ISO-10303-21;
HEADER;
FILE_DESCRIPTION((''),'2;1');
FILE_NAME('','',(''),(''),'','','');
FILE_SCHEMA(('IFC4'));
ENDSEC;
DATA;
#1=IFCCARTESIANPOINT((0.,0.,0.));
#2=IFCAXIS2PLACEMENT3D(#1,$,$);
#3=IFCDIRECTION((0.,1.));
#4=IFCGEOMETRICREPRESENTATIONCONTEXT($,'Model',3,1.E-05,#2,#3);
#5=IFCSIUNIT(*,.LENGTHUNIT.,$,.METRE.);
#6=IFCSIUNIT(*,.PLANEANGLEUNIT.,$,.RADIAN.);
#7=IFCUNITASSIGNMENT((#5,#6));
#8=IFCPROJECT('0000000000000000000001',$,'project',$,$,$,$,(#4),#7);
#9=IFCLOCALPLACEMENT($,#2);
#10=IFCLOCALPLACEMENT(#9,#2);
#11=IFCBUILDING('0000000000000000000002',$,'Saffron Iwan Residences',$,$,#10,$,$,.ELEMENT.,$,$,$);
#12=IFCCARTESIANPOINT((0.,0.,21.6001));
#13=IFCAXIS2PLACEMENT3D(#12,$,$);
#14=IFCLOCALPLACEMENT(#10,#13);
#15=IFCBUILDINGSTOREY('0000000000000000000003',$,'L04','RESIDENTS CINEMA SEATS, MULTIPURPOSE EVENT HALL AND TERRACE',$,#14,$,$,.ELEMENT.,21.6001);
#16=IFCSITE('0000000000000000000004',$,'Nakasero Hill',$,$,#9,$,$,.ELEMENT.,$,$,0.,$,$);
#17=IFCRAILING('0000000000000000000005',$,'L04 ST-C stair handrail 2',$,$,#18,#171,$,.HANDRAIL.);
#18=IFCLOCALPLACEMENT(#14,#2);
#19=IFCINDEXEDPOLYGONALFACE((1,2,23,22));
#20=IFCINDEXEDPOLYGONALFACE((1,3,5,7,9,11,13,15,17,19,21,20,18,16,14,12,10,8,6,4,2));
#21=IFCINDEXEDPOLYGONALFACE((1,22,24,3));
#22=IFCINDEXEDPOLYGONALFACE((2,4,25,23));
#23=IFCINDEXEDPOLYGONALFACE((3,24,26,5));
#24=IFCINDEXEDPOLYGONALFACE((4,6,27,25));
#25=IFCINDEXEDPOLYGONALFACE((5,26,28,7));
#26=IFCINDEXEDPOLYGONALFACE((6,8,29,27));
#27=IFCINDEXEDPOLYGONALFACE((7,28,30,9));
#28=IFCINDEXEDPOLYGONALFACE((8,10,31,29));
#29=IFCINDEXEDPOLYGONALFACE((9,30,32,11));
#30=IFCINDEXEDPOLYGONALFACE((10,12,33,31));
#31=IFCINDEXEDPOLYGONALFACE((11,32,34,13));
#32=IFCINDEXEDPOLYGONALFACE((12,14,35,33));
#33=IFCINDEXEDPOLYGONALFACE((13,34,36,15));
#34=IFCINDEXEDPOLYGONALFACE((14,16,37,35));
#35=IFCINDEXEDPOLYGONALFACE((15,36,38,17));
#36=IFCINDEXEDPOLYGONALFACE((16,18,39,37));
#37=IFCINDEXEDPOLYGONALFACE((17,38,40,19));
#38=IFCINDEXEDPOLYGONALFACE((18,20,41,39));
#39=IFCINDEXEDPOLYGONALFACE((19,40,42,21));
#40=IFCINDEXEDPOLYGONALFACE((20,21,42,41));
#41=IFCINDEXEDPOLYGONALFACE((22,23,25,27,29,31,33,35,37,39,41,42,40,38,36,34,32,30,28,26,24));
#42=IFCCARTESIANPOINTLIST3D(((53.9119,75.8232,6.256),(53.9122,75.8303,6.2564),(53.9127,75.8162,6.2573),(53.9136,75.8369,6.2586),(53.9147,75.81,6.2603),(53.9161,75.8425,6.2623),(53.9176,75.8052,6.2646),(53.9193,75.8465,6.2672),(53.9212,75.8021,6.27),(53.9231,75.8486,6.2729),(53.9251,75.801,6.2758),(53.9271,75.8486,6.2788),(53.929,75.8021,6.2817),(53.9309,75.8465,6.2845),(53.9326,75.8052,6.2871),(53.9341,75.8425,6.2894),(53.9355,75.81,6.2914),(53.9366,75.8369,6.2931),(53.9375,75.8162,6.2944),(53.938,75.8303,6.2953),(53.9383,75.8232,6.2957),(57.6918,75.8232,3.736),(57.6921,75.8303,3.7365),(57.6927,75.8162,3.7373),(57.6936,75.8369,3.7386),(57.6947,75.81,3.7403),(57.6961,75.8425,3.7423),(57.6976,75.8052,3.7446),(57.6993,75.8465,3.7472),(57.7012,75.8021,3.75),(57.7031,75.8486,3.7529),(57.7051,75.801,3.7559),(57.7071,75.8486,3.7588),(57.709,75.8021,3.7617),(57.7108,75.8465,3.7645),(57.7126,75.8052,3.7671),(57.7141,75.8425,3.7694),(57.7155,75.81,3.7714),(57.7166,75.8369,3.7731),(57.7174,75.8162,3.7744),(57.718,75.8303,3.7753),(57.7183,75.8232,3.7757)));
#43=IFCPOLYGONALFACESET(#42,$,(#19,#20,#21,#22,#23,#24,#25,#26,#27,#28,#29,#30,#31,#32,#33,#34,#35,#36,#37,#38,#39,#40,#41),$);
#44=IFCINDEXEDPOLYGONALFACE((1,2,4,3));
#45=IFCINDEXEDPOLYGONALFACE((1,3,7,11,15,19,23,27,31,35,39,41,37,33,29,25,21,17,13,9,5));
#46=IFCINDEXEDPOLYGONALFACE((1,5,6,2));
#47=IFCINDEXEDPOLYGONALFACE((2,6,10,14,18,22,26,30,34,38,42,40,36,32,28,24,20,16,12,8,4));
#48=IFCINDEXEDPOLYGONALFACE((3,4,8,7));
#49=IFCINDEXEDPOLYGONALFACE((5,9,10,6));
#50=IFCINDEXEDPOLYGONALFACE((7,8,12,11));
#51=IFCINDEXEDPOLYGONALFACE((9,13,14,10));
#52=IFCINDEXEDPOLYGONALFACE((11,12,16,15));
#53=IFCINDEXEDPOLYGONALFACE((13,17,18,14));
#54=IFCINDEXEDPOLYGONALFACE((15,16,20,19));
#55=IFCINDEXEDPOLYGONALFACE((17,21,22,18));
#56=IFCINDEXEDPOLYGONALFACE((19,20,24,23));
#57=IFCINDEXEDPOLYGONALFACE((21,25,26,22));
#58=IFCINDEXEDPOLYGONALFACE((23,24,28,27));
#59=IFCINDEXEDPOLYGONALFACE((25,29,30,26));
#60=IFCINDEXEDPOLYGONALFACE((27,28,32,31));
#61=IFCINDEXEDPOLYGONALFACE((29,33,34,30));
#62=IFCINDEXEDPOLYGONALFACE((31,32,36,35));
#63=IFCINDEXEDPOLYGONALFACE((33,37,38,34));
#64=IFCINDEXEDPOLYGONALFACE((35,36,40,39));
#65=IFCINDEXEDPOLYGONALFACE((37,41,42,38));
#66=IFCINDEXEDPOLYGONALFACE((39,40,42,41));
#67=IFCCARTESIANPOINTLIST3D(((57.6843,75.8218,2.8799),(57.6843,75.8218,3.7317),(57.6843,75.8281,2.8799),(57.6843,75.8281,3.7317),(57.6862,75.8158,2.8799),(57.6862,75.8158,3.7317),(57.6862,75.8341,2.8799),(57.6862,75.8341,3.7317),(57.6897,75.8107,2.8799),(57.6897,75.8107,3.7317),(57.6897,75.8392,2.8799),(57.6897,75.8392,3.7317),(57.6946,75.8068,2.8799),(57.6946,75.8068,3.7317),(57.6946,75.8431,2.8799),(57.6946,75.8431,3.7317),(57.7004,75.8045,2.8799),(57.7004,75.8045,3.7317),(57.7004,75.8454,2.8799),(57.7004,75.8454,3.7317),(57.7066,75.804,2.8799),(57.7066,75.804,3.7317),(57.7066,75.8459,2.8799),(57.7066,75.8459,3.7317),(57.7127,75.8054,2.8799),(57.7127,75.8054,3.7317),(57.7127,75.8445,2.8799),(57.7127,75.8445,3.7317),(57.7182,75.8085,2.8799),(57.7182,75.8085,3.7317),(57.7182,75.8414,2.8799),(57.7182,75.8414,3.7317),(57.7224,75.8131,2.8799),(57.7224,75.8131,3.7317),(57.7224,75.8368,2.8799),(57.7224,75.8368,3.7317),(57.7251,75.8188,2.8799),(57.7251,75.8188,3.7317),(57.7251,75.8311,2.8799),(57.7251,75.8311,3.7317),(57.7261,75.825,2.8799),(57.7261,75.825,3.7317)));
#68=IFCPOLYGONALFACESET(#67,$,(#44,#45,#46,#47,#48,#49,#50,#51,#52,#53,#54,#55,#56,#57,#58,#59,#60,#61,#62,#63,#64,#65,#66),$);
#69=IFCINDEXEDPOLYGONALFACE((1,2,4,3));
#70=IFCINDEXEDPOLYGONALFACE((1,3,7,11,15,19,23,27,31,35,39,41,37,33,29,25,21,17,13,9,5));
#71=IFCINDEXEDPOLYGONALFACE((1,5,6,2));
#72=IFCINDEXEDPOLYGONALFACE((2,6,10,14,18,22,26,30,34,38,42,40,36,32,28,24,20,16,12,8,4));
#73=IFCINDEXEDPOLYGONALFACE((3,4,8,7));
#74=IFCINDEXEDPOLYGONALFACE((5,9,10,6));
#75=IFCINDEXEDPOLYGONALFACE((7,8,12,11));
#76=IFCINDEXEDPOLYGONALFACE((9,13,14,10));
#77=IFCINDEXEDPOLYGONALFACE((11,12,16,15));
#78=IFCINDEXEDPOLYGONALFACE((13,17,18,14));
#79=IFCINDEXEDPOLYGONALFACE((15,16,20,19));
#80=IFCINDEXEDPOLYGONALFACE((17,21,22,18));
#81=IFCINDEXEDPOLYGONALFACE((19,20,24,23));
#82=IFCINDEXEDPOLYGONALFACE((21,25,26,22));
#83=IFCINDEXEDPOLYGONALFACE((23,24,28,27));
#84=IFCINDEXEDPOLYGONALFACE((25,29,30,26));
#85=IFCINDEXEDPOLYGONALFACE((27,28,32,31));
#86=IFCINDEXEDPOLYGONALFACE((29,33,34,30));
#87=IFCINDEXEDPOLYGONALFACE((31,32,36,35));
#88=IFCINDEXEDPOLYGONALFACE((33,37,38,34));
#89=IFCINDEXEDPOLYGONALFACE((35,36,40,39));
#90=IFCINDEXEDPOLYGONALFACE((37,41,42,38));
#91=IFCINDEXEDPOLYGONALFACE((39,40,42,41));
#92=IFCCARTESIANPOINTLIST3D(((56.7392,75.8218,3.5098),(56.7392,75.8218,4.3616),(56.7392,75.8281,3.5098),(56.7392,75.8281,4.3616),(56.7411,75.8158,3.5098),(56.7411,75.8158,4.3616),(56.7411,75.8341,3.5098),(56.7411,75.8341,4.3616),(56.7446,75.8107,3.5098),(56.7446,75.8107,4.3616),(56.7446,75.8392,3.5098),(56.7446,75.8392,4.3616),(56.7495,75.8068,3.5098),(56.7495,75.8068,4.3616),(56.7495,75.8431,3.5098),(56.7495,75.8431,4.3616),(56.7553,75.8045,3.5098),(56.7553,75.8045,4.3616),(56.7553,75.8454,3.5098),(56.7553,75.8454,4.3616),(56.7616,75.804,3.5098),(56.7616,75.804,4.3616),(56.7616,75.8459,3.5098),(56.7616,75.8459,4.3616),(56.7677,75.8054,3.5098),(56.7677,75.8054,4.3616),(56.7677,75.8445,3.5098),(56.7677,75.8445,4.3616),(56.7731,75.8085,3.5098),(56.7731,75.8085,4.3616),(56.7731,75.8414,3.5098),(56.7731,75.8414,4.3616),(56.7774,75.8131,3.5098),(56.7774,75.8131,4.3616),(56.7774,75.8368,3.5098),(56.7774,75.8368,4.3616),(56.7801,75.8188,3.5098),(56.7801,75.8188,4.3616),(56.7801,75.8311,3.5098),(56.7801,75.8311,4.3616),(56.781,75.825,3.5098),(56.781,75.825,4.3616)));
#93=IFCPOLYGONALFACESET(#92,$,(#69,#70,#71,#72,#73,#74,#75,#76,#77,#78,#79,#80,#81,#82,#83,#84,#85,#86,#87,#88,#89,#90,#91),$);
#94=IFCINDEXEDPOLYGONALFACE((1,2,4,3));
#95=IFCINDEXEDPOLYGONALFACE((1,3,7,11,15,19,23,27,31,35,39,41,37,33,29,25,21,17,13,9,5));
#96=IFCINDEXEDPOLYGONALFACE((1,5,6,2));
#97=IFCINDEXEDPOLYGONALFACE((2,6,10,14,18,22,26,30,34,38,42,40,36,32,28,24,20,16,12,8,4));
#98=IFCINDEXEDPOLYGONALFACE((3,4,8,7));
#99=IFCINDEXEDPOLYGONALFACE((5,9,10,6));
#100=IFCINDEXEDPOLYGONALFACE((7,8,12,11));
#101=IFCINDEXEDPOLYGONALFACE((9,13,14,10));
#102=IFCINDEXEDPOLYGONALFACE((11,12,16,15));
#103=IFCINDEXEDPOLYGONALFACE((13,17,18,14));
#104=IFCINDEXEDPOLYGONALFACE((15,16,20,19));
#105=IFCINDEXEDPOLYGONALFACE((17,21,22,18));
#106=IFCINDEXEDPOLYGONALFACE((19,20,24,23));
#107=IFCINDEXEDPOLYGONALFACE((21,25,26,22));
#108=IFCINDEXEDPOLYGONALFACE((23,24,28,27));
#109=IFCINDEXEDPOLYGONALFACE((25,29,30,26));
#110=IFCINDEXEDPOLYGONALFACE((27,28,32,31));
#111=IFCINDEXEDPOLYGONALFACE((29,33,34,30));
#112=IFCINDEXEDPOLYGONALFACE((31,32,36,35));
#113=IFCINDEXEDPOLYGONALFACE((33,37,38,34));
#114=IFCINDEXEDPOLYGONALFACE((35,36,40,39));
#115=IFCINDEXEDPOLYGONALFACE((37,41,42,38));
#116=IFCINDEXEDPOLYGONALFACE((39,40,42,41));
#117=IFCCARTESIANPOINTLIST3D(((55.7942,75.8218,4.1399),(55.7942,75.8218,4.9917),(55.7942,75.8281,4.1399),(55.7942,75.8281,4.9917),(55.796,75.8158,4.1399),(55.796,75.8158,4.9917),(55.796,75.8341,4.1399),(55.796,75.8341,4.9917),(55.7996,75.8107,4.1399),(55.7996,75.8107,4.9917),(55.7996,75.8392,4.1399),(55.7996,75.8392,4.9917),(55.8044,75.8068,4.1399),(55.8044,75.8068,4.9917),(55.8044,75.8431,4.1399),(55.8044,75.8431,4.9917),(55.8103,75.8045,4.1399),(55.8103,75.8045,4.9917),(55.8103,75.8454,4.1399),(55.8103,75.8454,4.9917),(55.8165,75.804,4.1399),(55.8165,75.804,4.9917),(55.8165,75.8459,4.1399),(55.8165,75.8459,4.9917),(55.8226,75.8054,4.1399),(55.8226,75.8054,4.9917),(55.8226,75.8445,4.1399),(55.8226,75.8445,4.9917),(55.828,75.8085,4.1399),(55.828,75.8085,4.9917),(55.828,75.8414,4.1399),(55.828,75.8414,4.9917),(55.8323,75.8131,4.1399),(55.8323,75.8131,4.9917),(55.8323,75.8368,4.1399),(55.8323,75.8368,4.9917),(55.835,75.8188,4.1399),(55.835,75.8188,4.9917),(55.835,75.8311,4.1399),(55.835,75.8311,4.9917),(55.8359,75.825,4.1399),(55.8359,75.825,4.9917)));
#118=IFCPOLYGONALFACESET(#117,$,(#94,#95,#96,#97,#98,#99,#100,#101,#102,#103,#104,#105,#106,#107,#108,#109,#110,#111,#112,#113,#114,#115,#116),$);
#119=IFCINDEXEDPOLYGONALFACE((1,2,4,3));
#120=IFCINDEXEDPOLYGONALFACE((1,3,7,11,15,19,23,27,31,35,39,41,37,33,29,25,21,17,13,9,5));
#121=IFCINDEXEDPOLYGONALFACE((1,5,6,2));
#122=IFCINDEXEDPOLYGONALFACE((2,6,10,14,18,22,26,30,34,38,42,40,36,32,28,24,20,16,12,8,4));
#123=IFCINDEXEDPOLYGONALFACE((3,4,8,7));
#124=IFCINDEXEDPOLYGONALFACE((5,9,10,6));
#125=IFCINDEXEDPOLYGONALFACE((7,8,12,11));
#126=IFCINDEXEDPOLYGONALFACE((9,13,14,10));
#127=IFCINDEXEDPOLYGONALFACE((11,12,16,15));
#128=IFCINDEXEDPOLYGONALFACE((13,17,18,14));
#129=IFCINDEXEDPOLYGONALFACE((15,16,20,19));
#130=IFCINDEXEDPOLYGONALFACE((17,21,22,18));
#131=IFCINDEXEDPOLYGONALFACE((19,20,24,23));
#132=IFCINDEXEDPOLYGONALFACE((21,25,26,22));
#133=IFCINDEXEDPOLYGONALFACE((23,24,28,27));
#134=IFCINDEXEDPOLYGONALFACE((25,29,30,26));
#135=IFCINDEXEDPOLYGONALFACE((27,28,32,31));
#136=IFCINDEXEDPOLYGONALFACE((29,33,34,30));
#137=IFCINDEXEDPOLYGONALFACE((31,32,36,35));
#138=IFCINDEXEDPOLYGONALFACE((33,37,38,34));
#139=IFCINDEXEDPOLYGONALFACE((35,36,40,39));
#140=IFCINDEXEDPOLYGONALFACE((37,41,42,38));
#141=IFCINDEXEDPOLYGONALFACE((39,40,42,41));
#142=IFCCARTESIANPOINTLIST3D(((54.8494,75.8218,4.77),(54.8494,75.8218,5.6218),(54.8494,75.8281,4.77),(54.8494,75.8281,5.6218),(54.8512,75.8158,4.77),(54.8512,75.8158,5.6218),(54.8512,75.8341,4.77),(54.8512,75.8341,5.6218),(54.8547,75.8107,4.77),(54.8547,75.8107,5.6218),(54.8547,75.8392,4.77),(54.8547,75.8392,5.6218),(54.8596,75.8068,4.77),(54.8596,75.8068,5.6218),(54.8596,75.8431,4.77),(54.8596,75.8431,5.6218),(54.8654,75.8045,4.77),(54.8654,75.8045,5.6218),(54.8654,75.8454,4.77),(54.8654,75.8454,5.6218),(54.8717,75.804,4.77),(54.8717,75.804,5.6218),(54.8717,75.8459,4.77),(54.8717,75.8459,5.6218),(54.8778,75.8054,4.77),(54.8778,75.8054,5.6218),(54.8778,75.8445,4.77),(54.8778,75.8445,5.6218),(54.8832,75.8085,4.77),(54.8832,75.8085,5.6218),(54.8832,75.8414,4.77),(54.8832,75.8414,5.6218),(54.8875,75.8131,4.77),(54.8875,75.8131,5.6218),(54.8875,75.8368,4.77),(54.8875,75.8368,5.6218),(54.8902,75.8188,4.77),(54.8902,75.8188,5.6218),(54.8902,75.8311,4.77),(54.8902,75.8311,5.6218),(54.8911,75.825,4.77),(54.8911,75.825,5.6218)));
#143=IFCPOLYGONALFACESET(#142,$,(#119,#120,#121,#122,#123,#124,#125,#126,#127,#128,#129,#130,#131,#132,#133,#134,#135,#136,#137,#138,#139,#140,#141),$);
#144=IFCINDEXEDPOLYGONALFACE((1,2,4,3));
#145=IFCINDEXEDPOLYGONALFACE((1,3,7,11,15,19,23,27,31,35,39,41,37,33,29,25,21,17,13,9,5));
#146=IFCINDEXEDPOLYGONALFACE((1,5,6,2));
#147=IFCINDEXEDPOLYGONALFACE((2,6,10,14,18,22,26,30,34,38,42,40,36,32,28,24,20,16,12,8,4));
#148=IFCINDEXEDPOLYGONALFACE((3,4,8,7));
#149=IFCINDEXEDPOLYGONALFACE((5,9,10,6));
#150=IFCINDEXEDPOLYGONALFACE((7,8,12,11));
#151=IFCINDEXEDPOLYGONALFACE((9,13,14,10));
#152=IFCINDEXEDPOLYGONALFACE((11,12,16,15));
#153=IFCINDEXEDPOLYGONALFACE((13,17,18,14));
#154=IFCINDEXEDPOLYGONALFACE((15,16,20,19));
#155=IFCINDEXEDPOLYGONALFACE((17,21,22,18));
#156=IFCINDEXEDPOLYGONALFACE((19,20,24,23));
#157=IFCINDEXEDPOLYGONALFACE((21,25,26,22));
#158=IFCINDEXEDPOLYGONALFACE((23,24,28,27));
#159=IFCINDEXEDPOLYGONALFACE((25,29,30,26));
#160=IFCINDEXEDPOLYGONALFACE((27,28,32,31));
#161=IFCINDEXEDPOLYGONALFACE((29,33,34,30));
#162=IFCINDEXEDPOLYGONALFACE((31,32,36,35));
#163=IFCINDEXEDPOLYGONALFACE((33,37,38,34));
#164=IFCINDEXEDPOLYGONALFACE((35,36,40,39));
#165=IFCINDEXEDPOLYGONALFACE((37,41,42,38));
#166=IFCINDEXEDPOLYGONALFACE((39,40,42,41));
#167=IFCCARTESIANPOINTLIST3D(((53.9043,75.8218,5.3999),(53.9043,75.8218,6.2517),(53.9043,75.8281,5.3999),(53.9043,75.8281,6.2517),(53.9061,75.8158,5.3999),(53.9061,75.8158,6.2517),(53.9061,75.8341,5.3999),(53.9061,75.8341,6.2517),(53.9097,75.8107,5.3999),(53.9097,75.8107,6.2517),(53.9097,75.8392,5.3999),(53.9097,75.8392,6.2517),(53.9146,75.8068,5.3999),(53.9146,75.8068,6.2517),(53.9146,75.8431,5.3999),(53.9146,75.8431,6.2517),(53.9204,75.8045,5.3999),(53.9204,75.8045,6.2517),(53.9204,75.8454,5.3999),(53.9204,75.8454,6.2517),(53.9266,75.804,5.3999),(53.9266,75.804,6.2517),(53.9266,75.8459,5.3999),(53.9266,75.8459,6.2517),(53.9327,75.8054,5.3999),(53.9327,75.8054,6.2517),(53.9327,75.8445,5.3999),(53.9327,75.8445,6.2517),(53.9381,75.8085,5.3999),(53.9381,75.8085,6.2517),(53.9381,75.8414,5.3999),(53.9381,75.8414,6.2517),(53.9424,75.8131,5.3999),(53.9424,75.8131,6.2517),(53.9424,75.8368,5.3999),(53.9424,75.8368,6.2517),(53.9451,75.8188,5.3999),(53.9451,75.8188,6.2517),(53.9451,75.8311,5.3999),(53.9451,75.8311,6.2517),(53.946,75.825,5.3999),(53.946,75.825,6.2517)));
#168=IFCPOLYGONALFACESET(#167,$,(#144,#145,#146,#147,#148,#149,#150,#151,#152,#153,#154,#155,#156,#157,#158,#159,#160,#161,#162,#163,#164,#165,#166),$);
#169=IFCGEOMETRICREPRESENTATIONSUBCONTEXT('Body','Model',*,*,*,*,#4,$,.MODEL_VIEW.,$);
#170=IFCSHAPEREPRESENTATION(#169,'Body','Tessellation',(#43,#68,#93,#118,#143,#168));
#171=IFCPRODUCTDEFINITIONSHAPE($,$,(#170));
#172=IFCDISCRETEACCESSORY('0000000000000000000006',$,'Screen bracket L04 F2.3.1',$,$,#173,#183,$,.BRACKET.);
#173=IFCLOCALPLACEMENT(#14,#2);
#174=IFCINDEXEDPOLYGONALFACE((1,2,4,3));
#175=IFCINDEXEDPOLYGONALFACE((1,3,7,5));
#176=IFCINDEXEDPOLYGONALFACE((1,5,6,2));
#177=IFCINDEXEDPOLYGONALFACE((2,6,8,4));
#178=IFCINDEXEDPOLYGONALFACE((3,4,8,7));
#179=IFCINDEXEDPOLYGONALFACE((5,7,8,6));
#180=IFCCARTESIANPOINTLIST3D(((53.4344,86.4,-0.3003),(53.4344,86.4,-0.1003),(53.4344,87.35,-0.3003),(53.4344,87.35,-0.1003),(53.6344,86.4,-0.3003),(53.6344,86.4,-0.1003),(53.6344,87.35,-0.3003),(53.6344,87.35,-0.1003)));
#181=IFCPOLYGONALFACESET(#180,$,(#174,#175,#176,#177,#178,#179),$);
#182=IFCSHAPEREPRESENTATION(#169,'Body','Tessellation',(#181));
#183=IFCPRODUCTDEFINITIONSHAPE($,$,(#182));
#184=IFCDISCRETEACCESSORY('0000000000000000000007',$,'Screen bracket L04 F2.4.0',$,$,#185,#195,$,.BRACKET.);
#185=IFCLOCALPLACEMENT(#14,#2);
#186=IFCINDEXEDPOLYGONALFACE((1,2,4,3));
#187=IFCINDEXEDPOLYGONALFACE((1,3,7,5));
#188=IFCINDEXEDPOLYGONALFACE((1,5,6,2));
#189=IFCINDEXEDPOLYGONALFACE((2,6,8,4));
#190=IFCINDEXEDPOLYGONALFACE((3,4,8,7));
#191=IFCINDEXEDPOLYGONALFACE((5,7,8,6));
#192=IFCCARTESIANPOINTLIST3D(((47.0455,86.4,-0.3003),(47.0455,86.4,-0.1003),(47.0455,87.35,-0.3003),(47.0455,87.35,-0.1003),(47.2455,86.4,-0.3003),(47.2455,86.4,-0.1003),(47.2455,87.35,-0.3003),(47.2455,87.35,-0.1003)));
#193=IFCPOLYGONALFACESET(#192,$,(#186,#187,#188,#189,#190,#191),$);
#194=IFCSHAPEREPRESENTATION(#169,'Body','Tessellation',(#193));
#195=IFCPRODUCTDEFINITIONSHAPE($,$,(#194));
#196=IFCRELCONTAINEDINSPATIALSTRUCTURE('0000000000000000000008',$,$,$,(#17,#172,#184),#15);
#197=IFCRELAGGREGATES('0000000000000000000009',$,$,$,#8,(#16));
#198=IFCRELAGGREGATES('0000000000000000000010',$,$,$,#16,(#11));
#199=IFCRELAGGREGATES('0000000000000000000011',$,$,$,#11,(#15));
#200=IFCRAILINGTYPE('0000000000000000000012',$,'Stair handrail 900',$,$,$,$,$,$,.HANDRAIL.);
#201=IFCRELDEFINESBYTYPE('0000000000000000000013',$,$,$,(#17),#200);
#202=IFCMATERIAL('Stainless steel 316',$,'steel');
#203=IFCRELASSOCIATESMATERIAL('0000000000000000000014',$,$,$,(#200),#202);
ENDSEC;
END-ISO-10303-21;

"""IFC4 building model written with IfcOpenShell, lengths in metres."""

from ifc_helpers import new_model, si_unit, direction, frame, origin, origin_2d, place, context, subcontext, project, spatial, rectangle, circle, extrude, source, transform, mapped, material, type_object, element, save


model = new_model("IFC4")

# Units and contexts
model_context = context("Model", 3, precision=1e-05, world=origin(), true_north=direction((0.0, 1.0)))
body_context = subcontext(model_context, "Body", "Model", "MODEL_VIEW")
ifc_project = project(units=[si_unit("LENGTHUNIT", "METRE"), si_unit("PLANEANGLEUNIT", "RADIAN")], contexts=[model_context])

# Site, building, storey
site_placement = place(None, origin())
site = spatial("IfcSite", under=ifc_project, at=site_placement, Name="Nakasero Hill", CompositionType="ELEMENT", RefElevation=0.0)
building_placement = place(site_placement, origin())
building = spatial("IfcBuilding", under=site, at=building_placement, Name="Saffron Iwan Residences", CompositionType="ELEMENT")
storey_placement = place(building_placement, frame((0.0, 0.0, 21.6001)))
storey = spatial("IfcBuildingStorey", under=building, at=storey_placement, Name="L04", Description="RESIDENTS CINEMA SEATS, MULTIPURPOSE EVENT HALL AND TERRACE", CompositionType="ELEMENT", Elevation=21.6001)

# Railing
ifc_material_1 = material(Name="Stainless steel 316", Category="steel")
railing_type_1 = type_object("IfcRailingType", Name="Stair handrail 900", PredefinedType="HANDRAIL", material=ifc_material_1)
railing_1_placement = place(storey_placement, frame((57.7051, 75.825, 2.8799)))
element("IfcRailing", 1, at=railing_1_placement, inside=storey, type_object=railing_type_1, Name="L04 ST-C stair handrail 2", PredefinedType="HANDRAIL", context=body_context, shape_type="SweptSolid", body=[
    extrude(circle(Radius=0.0239, at=origin_2d()), frame((0.0, 0.0, 0.876), z_axis=(-0.83205, 0.0, 0.5547), x_axis=(0.0, -1.0, 0.0)), (0.0, 0.0, 1.0), 4.543),
    extrude(circle(Radius=0.021, at=origin_2d()), origin(), (0.0, 0.0, 1.0), 0.8518),
    extrude(circle(Radius=0.021, at=origin_2d()), frame((-0.9451, 0.0, 0.6299)), (0.0, 0.0, 1.0), 0.8518),
    extrude(circle(Radius=0.021, at=origin_2d()), frame((-1.8901, 0.0, 1.26)), (0.0, 0.0, 1.0), 0.8518),
    extrude(circle(Radius=0.021, at=origin_2d()), frame((-2.835, 0.0, 1.8901)), (0.0, 0.0, 1.0), 0.8518),
    extrude(circle(Radius=0.021, at=origin_2d()), frame((-3.78, 0.0, 2.52)), (0.0, 0.0, 1.0), 0.8518),
])

# Discrete accessories
shared_shape_1 = source(origin(), body_context, "Body", "SweptSolid", [
    extrude(rectangle(XDim=0.95, YDim=0.2, at=origin_2d()), origin(), (0.0, 0.0, 1.0), 0.2),
])
for number, where, z_axis, x_axis, name in (
    (2, (53.5344, 86.875, -0.3003), (0.0, 0.0, 1.0), (0.0, 1.0, 0.0), "Screen bracket L04 F2.3.1"),
    (3, (47.1455, 86.875, -0.3003), (0.0, 0.0, 1.0), (0.0, 1.0, 0.0), "Screen bracket L04 F2.4.0"),
):
    element("IfcDiscreteAccessory", number, at=place(storey_placement, frame(where, z_axis=z_axis, x_axis=x_axis)), inside=storey, Name=name, PredefinedType="BRACKET", context=body_context, shape_type="MappedRepresentation", body=[
        mapped(shared_shape_1, transform((0.0, 0.0, 0.0))),
    ])

save(model, "model.ifc")
